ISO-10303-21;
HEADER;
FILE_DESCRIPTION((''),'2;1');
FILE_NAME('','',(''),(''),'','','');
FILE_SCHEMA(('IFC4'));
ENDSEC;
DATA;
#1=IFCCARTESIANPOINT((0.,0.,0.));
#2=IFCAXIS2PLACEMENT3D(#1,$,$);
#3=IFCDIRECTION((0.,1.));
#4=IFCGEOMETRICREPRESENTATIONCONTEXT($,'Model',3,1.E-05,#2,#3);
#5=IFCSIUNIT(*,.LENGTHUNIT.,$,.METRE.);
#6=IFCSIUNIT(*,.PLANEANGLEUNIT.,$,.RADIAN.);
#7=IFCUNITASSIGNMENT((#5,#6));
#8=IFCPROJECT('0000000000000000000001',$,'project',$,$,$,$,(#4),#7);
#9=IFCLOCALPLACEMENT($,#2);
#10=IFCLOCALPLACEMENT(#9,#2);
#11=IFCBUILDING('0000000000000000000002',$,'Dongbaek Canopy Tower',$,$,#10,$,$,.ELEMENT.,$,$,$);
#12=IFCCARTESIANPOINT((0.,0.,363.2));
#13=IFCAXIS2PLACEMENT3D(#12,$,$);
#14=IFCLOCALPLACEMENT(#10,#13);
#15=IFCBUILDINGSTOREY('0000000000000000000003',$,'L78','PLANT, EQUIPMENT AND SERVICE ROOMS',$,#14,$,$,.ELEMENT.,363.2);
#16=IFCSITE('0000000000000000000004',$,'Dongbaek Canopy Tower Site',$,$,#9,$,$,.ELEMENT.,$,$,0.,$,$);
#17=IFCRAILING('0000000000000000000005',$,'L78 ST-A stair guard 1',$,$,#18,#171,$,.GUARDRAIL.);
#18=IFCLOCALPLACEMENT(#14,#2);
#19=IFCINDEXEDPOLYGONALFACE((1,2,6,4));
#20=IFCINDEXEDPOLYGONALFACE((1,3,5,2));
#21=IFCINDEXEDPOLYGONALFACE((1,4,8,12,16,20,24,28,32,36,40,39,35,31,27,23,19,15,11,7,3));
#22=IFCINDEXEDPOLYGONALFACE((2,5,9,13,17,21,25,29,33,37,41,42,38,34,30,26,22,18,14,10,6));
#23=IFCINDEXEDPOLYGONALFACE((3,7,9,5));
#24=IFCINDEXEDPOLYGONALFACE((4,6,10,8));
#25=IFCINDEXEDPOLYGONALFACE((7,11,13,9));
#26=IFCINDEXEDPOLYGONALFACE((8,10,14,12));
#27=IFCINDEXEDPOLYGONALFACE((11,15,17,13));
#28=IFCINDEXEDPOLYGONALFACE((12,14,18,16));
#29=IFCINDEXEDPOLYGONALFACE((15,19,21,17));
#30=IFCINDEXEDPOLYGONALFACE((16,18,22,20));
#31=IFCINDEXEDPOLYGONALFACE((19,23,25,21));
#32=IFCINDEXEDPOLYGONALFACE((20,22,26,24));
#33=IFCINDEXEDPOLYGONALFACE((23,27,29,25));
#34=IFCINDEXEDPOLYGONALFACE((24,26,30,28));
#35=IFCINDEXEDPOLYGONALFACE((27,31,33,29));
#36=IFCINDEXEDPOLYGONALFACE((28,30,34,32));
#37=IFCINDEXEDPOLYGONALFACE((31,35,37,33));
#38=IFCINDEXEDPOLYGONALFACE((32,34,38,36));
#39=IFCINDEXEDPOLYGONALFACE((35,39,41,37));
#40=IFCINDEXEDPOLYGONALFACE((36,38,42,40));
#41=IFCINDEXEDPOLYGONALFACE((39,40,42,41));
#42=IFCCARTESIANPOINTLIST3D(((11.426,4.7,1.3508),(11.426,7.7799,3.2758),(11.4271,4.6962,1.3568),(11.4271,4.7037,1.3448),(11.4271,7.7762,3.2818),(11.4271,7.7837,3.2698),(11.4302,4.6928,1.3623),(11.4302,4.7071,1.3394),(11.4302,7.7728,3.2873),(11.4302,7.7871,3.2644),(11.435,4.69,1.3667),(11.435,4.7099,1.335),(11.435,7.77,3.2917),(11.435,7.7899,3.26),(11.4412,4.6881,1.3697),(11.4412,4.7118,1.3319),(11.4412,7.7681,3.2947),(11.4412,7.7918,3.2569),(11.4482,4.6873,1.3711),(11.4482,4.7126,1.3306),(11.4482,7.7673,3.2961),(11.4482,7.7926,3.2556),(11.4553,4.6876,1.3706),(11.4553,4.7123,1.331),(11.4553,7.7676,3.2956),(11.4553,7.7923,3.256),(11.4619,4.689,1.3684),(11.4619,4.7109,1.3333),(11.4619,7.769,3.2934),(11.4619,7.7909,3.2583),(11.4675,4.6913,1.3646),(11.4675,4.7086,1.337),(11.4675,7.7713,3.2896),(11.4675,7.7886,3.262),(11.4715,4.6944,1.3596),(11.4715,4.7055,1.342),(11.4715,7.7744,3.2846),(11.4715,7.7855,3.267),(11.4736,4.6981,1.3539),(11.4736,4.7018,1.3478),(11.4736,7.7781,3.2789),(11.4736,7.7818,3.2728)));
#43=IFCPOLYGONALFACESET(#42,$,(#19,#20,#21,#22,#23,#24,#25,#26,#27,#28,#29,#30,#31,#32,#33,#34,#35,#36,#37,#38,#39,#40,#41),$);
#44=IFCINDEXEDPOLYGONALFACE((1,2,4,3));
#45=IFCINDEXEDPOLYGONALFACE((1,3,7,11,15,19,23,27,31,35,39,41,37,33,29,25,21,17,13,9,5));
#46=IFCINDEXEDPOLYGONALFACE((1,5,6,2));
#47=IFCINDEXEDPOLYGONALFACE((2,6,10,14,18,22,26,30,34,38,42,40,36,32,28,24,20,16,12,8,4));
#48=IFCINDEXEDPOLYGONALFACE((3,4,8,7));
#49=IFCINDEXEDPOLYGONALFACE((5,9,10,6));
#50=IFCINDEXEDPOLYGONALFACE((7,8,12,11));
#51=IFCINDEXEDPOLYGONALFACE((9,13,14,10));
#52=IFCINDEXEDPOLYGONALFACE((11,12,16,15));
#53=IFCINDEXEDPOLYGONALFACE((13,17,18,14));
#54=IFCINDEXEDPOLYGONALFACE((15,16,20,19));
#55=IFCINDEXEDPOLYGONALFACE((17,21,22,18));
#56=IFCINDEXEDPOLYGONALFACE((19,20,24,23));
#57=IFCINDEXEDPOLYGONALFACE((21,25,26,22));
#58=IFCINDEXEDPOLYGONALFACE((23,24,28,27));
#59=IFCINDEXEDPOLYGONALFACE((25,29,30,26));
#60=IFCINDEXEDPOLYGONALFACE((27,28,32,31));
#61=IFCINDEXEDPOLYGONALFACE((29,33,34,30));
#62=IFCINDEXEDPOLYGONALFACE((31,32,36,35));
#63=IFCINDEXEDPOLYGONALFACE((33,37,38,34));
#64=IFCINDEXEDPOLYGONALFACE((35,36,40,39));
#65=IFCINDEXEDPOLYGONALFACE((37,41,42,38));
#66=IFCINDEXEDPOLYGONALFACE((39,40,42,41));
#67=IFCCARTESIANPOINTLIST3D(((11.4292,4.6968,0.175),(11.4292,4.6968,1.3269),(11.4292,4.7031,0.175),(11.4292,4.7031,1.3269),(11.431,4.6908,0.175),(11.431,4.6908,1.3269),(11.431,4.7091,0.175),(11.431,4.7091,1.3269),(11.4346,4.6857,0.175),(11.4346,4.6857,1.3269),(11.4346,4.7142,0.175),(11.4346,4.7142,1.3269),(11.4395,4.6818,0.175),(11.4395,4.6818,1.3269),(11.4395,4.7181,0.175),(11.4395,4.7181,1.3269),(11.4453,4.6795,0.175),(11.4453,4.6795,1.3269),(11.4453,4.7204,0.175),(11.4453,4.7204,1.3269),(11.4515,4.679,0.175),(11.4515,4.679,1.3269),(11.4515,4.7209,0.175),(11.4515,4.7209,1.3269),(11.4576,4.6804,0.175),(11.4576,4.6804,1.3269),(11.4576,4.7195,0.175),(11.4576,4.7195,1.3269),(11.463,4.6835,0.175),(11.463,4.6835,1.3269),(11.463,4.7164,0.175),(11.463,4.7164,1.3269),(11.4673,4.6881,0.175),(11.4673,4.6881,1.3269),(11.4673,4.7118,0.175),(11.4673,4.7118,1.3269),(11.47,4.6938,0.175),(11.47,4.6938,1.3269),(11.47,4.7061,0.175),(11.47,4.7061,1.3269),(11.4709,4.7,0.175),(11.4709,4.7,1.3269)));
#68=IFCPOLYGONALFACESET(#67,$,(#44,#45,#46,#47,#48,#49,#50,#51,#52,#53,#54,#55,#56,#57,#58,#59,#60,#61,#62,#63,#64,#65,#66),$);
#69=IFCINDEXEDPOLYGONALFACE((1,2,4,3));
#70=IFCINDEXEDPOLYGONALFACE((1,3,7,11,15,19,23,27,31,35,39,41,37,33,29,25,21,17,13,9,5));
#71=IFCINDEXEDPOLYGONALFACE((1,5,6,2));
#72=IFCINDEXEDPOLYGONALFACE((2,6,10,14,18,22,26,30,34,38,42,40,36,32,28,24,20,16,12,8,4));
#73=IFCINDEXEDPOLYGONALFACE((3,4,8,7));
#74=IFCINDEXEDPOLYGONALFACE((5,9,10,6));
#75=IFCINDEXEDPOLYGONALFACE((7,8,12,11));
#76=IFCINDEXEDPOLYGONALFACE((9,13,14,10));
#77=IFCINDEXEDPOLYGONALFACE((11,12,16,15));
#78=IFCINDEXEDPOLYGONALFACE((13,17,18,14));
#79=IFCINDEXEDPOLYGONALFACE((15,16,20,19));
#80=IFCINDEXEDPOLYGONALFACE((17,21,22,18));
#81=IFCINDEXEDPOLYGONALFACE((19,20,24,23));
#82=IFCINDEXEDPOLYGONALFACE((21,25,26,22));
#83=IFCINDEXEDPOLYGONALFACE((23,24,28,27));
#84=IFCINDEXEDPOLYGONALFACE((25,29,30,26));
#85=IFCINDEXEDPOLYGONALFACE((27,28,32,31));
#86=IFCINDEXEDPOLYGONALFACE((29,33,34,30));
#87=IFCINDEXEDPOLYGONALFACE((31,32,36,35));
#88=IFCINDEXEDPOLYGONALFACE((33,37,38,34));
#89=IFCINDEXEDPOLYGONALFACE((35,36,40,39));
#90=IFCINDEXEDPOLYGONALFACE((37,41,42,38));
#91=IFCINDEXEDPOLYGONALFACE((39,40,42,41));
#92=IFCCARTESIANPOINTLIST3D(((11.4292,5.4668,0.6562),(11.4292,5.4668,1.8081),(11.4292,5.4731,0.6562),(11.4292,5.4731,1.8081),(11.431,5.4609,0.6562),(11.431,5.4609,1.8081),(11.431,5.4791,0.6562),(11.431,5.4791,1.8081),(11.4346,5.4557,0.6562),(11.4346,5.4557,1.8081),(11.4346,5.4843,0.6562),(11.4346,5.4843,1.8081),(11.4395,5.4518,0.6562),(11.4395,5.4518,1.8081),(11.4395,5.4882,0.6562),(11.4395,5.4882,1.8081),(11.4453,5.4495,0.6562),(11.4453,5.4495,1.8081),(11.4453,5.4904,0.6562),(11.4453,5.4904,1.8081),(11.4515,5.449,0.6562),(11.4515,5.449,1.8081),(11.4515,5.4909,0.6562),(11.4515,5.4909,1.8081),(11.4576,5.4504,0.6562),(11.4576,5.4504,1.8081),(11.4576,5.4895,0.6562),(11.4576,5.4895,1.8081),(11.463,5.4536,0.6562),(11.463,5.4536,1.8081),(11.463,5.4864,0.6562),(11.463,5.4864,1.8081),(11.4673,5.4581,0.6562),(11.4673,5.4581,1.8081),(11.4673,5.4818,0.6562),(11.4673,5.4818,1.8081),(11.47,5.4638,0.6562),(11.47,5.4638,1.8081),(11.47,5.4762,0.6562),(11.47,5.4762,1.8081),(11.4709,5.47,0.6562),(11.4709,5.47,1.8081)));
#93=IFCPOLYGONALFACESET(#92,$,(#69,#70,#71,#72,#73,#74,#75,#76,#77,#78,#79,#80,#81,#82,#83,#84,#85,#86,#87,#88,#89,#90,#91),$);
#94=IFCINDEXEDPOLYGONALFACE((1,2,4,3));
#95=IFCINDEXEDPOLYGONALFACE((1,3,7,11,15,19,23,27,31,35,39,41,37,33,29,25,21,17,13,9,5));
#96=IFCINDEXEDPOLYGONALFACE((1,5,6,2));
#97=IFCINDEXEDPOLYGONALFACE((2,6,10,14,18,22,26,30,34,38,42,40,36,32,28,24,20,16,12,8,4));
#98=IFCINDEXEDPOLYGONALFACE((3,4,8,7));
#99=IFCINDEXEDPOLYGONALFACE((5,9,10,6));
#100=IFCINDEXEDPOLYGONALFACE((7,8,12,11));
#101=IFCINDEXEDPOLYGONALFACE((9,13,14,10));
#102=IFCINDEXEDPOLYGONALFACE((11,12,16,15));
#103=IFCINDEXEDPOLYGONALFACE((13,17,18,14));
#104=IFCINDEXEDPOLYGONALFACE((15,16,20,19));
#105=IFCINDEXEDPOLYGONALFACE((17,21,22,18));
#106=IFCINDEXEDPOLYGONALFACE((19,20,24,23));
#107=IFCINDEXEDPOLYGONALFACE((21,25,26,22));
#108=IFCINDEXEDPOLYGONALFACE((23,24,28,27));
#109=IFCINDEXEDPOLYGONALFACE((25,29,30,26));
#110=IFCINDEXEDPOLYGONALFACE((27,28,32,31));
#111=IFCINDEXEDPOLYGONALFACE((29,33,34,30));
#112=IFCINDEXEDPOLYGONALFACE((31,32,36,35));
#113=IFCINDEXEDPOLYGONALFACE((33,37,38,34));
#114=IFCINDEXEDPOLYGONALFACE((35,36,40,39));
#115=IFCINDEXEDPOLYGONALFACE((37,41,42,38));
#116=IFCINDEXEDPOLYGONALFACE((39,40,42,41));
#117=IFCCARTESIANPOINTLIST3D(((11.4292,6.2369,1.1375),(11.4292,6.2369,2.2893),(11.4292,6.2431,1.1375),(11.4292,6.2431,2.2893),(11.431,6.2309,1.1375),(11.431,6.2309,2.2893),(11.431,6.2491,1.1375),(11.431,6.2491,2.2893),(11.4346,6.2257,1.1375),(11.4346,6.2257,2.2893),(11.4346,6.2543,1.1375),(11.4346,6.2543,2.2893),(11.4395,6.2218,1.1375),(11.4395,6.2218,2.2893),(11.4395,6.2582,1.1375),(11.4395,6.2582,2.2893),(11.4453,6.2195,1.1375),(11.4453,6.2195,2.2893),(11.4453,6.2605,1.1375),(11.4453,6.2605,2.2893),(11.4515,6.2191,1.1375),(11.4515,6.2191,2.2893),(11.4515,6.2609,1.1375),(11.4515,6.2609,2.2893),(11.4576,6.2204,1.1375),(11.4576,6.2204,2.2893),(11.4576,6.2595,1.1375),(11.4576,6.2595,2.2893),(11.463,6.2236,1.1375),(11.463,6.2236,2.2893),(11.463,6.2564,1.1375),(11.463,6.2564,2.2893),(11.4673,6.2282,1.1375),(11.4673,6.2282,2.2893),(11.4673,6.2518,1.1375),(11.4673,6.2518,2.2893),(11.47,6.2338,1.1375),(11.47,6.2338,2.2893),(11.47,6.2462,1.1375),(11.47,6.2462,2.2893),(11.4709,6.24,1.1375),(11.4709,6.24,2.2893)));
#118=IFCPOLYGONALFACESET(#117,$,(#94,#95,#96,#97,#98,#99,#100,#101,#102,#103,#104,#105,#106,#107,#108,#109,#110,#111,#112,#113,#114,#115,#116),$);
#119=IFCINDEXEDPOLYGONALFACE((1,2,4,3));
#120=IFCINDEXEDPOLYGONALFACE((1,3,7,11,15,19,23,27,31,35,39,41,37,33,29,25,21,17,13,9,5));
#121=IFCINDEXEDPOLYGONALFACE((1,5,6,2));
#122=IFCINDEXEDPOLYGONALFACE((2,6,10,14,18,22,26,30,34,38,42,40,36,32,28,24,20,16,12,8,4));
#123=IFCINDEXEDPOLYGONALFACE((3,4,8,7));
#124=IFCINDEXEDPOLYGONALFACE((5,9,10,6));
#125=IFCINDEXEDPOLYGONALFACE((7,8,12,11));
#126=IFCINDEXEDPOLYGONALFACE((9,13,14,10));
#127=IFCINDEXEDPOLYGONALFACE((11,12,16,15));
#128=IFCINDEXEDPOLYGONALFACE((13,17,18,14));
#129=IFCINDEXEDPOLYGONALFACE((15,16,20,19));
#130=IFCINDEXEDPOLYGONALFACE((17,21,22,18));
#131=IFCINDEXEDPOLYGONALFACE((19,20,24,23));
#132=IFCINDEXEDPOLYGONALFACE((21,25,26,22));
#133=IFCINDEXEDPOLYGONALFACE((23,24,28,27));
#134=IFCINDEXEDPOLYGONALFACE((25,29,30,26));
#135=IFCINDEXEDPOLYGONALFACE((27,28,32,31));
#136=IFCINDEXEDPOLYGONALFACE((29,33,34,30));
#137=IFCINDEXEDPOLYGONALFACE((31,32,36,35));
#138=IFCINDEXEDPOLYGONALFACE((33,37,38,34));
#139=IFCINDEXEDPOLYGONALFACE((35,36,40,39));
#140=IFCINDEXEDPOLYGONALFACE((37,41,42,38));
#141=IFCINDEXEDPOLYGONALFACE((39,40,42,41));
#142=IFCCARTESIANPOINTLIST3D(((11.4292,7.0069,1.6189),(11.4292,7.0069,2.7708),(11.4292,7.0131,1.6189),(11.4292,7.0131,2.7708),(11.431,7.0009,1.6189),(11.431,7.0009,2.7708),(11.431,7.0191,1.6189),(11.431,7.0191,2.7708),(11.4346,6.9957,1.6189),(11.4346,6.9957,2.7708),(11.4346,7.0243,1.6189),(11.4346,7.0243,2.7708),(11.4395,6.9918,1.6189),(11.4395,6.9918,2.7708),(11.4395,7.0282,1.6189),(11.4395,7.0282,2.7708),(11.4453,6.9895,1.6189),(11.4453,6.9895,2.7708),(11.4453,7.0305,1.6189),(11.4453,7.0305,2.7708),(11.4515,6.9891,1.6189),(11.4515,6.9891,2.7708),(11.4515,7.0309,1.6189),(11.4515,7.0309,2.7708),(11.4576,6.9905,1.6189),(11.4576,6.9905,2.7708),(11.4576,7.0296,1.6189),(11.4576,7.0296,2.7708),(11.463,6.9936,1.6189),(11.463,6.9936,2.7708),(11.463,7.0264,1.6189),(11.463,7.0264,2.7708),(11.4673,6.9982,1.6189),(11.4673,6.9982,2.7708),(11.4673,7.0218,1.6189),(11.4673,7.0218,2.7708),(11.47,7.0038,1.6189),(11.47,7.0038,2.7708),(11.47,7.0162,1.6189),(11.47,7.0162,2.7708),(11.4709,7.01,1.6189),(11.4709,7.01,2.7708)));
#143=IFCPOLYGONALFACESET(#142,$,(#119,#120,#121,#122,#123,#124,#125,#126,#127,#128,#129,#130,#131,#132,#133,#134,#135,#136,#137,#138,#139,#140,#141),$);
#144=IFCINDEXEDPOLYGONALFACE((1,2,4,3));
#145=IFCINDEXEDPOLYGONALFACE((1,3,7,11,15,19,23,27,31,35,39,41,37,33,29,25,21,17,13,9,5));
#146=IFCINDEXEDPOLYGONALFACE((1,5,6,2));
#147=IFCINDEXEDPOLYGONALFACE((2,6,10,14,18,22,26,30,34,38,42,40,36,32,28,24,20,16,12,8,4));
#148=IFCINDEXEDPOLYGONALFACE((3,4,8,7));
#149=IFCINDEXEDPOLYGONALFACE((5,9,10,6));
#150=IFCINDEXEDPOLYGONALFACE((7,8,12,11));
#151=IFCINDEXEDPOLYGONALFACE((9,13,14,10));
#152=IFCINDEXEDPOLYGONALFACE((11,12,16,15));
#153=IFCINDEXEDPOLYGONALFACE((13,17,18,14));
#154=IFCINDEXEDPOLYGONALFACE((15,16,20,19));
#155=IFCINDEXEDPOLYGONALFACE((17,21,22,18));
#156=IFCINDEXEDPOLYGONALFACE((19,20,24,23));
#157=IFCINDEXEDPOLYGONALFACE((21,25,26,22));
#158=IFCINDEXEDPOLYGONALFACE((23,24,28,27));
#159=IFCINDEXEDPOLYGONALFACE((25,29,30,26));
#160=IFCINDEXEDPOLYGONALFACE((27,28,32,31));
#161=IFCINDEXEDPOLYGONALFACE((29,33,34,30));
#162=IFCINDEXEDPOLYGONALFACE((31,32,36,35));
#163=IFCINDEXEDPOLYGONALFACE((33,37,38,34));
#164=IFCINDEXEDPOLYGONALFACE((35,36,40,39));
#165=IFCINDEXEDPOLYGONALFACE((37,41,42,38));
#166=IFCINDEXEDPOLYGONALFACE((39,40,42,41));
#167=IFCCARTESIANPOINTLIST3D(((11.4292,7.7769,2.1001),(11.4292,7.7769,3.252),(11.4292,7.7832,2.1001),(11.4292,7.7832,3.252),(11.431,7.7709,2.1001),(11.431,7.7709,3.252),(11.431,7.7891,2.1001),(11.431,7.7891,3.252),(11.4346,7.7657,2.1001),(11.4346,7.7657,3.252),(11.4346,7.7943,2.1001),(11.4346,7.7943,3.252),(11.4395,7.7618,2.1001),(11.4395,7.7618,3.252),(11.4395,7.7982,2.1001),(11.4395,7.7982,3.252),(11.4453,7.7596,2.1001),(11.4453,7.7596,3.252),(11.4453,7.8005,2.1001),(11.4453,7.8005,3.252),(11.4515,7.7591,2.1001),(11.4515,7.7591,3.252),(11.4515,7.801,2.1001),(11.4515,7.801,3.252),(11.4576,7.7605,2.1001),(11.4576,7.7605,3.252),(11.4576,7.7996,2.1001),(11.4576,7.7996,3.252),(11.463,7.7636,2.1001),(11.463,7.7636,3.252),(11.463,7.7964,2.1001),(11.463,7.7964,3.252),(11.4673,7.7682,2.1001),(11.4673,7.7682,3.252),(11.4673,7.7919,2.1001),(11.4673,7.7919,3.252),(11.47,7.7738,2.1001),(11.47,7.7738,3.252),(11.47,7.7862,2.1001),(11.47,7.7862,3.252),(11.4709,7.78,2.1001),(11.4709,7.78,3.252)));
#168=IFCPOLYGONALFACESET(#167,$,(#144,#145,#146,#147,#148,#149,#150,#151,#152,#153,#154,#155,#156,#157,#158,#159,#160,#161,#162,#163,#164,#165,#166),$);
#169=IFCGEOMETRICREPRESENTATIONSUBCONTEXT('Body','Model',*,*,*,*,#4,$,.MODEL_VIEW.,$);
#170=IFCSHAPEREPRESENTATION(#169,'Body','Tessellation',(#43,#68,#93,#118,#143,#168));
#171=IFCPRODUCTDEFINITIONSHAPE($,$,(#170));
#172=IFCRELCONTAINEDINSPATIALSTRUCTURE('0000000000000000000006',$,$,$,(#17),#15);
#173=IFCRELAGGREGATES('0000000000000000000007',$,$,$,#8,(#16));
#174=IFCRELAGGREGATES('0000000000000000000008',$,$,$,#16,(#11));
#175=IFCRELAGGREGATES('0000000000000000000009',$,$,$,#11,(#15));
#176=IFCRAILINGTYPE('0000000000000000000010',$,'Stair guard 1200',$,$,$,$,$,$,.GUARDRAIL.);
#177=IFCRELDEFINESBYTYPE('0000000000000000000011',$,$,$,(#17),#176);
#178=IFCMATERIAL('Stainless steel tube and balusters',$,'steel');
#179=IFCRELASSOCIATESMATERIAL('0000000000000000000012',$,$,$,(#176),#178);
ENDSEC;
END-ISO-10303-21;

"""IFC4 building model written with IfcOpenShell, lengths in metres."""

from ifc_helpers import new_model, si_unit, direction, frame, origin, origin_2d, place, context, subcontext, project, spatial, circle, extrude, material, type_object, element, save


model = new_model("IFC4")

# Units and contexts
model_context = context("Model", 3, precision=1e-05, world=origin(), true_north=direction((0.0, 1.0)))
body_context = subcontext(model_context, "Body", "Model", "MODEL_VIEW")
ifc_project = project(units=[si_unit("LENGTHUNIT", "METRE"), si_unit("PLANEANGLEUNIT", "RADIAN")], contexts=[model_context])

# Site, building, storey
site_placement = place(None, origin())
site = spatial("IfcSite", under=ifc_project, at=site_placement, Name="Dongbaek Canopy Tower Site", CompositionType="ELEMENT", RefElevation=0.0)
building_placement = place(site_placement, origin())
building = spatial("IfcBuilding", under=site, at=building_placement, Name="Dongbaek Canopy Tower", CompositionType="ELEMENT")
storey_placement = place(building_placement, frame((0.0, 0.0, 363.2)))
storey = spatial("IfcBuildingStorey", under=building, at=storey_placement, Name="L78", Description="PLANT, EQUIPMENT AND SERVICE ROOMS", CompositionType="ELEMENT", Elevation=363.2)

# Railing
ifc_material_1 = material(Name="Stainless steel tube and balusters", Category="steel")
railing_type_1 = type_object("IfcRailingType", Name="Stair guard 1200", PredefinedType="GUARDRAIL", material=ifc_material_1)
railing_1_placement = place(storey_placement, frame((11.45, 4.7, 0.175)))
element("IfcRailing", 1, at=railing_1_placement, inside=storey, type_object=railing_type_1, Name="L78 ST-A stair guard 1", PredefinedType="GUARDRAIL", context=body_context, shape_type="SweptSolid", body=[
    extrude(circle(Radius=0.0239, at=origin_2d()), frame((0.0, 0.0, 1.1758), z_axis=(0.0, 0.847998, 0.529999), x_axis=(-1.0, 0.0, 0.0)), (0.0, 0.0, 1.0), 3.6321),
    extrude(circle(Radius=0.021, at=origin_2d()), origin(), (0.0, 0.0, 1.0), 1.1519),
    extrude(circle(Radius=0.021, at=origin_2d()), frame((0.0, 0.77, 0.4812)), (0.0, 0.0, 1.0), 1.1519),
    extrude(circle(Radius=0.021, at=origin_2d()), frame((0.0, 1.54, 0.9624)), (0.0, 0.0, 1.0), 1.1519),
    extrude(circle(Radius=0.021, at=origin_2d()), frame((0.0, 2.3101, 1.4438)), (0.0, 0.0, 1.0), 1.1519),
    extrude(circle(Radius=0.021, at=origin_2d()), frame((0.0, 3.0801, 1.925)), (0.0, 0.0, 1.0), 1.1519),
])

save(model, "model.ifc")
